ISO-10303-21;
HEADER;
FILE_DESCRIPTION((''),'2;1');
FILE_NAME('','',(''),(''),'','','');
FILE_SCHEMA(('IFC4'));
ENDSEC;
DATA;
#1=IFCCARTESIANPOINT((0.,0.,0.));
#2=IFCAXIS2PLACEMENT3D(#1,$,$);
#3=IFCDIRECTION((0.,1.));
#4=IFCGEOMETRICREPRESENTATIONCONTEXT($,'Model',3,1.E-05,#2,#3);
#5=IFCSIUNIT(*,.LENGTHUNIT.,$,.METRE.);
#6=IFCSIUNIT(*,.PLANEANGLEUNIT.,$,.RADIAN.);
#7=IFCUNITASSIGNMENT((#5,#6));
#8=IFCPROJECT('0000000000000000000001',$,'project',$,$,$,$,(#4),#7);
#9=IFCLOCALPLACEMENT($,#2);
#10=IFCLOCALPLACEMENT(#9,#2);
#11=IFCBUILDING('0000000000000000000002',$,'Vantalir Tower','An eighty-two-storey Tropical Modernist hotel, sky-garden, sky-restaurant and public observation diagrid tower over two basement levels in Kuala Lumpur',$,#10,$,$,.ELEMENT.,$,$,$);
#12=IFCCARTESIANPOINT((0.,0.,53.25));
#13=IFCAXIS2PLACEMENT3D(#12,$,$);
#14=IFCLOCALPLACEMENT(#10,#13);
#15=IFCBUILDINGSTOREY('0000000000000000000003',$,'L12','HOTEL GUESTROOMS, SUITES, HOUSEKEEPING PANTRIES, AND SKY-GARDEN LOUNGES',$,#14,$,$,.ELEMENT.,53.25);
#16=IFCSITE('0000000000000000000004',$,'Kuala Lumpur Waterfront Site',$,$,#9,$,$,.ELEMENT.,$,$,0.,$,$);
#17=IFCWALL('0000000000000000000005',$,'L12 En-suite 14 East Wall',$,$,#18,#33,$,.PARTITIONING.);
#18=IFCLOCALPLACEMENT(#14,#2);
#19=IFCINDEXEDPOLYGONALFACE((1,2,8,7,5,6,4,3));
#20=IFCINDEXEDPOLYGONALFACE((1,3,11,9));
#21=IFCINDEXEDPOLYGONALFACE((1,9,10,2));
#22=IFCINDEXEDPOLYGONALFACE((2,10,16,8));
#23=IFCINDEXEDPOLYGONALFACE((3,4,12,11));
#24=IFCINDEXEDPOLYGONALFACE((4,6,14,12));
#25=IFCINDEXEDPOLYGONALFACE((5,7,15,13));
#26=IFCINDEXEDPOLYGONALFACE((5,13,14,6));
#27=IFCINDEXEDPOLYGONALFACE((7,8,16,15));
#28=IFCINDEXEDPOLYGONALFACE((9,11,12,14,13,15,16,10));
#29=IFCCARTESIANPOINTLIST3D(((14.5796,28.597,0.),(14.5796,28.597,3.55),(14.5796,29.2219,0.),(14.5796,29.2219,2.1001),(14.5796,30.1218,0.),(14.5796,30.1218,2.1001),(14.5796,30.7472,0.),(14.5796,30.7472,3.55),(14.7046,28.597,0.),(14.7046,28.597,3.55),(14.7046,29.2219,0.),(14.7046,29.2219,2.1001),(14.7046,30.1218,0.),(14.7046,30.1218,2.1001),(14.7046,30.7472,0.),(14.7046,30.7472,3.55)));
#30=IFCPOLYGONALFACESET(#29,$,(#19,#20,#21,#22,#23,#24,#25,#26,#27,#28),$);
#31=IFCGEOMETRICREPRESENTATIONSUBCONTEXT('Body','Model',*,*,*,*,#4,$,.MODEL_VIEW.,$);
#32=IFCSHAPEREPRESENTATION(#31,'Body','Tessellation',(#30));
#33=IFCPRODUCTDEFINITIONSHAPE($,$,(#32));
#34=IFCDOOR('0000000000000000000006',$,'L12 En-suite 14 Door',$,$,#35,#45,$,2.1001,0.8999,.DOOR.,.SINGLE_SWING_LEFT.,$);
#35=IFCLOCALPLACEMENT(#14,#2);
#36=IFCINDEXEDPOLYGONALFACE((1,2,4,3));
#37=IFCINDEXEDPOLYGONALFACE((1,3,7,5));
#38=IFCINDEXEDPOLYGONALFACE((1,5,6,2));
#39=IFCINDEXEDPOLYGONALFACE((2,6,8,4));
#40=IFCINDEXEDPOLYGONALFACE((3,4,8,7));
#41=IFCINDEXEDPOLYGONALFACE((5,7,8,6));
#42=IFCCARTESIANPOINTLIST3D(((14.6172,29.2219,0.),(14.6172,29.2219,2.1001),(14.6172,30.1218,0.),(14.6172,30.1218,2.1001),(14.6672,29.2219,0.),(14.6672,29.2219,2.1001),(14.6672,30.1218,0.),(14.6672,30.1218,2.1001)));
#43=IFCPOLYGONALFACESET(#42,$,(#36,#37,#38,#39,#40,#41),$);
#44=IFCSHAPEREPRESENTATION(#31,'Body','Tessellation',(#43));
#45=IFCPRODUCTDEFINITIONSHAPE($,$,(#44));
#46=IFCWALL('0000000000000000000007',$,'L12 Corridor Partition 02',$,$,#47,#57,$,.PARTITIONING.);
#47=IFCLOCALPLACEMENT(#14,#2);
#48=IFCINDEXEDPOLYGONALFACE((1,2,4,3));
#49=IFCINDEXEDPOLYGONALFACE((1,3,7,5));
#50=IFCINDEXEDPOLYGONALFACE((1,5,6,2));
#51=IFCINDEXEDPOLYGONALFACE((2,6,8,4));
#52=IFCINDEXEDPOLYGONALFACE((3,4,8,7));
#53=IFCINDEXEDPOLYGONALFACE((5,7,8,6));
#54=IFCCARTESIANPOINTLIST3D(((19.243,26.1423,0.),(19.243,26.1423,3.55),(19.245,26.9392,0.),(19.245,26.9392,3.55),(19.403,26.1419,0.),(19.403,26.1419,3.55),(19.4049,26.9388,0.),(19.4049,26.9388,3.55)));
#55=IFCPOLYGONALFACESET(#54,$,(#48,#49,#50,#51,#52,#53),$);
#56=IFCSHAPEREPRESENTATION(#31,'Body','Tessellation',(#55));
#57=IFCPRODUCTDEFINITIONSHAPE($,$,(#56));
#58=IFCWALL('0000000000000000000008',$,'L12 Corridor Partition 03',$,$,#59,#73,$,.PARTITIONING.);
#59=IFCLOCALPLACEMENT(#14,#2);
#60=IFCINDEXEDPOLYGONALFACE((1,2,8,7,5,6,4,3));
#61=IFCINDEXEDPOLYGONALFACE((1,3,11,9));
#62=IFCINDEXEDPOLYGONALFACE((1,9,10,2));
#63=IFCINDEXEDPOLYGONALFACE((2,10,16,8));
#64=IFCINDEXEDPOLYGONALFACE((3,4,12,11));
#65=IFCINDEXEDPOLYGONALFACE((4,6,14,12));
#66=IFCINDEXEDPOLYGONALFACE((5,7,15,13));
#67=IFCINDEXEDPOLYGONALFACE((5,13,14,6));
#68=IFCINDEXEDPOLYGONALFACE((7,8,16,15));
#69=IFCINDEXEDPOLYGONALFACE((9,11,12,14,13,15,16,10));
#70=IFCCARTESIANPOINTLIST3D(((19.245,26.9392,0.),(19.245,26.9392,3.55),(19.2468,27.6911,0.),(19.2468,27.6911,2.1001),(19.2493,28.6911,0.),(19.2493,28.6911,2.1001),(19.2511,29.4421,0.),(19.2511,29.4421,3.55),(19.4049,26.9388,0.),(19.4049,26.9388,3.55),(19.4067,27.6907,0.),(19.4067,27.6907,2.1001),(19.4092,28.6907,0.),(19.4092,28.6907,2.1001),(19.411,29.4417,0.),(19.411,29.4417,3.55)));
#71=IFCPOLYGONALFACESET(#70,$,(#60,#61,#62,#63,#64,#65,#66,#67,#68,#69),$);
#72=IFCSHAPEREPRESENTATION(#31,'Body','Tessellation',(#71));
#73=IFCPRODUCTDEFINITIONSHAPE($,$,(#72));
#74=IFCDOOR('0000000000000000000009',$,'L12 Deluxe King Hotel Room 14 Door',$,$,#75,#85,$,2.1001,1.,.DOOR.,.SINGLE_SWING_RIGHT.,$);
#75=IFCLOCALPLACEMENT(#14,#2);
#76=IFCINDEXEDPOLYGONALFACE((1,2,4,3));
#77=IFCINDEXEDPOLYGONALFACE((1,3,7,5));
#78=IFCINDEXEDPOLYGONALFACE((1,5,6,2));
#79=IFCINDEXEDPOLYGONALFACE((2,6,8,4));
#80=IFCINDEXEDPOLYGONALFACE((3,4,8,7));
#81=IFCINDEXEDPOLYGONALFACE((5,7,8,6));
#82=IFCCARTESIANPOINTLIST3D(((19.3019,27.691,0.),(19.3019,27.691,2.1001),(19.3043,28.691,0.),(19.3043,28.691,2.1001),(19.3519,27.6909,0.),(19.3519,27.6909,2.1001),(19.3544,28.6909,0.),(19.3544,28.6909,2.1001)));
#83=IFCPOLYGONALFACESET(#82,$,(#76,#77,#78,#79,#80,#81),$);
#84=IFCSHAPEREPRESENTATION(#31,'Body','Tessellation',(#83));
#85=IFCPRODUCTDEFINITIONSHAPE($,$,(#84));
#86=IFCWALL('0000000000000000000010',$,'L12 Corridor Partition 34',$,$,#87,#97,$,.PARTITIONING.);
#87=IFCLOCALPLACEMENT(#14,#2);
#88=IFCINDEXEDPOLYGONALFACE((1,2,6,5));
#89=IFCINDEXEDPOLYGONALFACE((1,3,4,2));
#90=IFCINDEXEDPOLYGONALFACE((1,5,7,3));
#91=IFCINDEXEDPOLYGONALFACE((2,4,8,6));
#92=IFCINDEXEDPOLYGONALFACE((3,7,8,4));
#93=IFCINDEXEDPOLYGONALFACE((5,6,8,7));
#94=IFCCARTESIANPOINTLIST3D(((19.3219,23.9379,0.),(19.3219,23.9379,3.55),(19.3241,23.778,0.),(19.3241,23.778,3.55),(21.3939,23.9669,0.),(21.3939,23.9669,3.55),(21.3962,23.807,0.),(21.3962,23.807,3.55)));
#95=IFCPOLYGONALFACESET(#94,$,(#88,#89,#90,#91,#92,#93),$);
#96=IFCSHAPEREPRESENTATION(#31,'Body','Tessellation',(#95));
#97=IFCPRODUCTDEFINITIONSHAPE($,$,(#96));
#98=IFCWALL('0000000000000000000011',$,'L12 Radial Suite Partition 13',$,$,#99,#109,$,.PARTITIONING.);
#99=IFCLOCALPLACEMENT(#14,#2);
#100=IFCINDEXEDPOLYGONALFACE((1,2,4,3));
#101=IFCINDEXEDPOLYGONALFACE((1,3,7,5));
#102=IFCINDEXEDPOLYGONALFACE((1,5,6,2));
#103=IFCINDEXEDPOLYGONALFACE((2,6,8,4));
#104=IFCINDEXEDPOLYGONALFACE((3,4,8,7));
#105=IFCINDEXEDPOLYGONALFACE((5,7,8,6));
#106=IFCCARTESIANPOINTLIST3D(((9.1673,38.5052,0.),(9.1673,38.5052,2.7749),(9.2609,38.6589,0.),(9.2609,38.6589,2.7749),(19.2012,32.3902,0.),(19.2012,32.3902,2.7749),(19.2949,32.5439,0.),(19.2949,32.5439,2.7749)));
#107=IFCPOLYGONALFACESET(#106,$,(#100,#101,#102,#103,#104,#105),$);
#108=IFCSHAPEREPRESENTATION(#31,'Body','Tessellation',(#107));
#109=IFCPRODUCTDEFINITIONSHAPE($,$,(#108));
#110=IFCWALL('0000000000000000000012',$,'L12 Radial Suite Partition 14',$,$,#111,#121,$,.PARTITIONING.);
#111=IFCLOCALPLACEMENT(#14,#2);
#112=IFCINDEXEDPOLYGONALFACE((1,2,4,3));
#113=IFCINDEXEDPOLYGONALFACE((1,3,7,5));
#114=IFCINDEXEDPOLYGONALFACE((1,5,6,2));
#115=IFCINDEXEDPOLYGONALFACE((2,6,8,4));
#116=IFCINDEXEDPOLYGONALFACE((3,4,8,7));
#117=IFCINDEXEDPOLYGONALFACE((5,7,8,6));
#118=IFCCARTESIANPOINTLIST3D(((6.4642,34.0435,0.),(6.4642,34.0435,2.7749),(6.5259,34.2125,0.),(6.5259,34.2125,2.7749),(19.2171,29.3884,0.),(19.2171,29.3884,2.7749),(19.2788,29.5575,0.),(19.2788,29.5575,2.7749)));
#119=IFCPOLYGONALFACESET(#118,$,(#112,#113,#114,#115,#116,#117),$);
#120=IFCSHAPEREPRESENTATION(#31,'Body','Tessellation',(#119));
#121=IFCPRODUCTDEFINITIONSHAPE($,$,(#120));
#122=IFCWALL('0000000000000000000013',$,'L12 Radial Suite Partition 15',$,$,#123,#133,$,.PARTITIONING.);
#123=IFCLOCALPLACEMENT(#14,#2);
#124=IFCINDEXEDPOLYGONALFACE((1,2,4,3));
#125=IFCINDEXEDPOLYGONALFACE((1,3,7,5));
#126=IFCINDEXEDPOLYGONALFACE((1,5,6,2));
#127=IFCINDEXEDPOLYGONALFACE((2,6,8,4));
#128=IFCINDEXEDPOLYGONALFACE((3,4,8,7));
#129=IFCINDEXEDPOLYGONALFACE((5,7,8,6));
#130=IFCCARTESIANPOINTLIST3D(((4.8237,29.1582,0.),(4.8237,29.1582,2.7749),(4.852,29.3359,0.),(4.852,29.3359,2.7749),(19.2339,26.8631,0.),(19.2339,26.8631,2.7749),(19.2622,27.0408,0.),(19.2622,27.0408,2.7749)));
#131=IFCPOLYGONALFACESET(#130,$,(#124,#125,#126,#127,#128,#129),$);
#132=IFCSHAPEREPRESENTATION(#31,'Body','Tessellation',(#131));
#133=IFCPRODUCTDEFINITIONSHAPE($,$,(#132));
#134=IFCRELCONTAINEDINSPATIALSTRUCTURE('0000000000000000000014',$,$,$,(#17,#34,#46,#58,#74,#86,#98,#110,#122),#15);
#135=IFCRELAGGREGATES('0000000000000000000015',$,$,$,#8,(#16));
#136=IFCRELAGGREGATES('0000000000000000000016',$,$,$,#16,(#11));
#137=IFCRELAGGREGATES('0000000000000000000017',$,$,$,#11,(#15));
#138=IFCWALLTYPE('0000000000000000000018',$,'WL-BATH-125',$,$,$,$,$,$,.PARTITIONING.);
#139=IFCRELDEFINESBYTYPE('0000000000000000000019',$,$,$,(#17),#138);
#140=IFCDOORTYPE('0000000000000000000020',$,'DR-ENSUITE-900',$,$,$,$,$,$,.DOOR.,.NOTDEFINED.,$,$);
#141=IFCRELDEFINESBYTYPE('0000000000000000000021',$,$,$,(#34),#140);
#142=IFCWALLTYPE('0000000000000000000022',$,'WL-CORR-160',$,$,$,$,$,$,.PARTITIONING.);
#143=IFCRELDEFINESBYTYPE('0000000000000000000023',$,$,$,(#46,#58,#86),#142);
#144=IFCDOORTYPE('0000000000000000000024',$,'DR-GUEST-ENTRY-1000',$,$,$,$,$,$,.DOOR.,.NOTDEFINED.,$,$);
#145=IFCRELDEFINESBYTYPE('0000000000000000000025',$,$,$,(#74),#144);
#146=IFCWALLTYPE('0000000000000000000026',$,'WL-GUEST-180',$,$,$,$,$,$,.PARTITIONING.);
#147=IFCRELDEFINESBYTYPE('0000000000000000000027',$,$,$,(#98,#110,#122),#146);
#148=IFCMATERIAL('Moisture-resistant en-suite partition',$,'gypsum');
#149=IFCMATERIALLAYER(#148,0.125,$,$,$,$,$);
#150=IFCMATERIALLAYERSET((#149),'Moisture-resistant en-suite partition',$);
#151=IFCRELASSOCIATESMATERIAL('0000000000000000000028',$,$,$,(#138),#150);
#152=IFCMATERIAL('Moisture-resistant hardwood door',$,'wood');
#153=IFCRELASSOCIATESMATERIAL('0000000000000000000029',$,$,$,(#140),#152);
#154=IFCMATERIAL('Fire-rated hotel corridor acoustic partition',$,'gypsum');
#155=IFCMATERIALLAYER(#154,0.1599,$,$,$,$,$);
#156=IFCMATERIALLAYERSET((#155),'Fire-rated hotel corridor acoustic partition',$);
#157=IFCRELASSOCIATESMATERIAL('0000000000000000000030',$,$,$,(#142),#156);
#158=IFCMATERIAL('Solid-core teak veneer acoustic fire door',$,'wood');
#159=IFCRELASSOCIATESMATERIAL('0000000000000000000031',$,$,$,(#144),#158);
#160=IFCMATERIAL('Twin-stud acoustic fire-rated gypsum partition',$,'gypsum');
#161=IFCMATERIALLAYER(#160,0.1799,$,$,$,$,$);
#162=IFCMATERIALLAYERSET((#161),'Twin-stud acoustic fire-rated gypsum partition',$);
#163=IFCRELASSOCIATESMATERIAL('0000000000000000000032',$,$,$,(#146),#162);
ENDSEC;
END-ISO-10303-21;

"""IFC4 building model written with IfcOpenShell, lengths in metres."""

from ifc_helpers import new_model, si_unit, direction, frame, frame_2d, origin, place, context, subcontext, project, spatial, rectangle, extrude, material, layer, layer_set, type_object, element, fill, save


model = new_model("IFC4")

# Units and contexts
model_context = context("Model", 3, precision=1e-05, world=origin(), true_north=direction((0.0, 1.0)))
body_context = subcontext(model_context, "Body", "Model", "MODEL_VIEW")
ifc_project = project(units=[si_unit("LENGTHUNIT", "METRE"), si_unit("PLANEANGLEUNIT", "RADIAN")], contexts=[model_context])

# Site, building, storey
site_placement = place(None, origin())
site = spatial("IfcSite", under=ifc_project, at=site_placement, Name="Kuala Lumpur Waterfront Site", CompositionType="ELEMENT", RefElevation=0.0)
building_placement = place(site_placement, origin())
building = spatial("IfcBuilding", under=site, at=building_placement, Name="Vantalir Tower", Description="An eighty-two-storey Tropical Modernist hotel, sky-garden, sky-restaurant and public observation diagrid tower over two basement levels in Kuala Lumpur", CompositionType="ELEMENT")
storey_placement = place(building_placement, frame((0.0, 0.0, 53.25)))
storey = spatial("IfcBuildingStorey", under=building, at=storey_placement, Name="L12", Description="HOTEL GUESTROOMS, SUITES, HOUSEKEEPING PANTRIES, AND SKY-GARDEN LOUNGES", CompositionType="ELEMENT", Elevation=53.25)

# Shared definitions
ifc_material_1 = material(Name="Moisture-resistant en-suite partition", Category="gypsum")
ifc_layer_1 = layer(ifc_material_1, 0.125)
ifc_layer_set_1 = layer_set([ifc_layer_1], Name="Moisture-resistant en-suite partition")
wall_type_1 = type_object("IfcWallType", Name="WL-BATH-125", PredefinedType="PARTITIONING", material=ifc_layer_set_1)

# Wall, opening, door
wall_1_placement = place(storey_placement, frame((14.6421, 28.5969, 0.0), z_axis=(0.0, 0.0, 1.0), x_axis=(0.0, 1.0, 0.0)))
wall_1 = element("IfcWall", 1, at=wall_1_placement, inside=storey, type_object=wall_type_1, Name="L12 En-suite 14 East Wall", PredefinedType="PARTITIONING", context=body_context, shape_type="SweptSolid", body=[
    extrude(rectangle(XDim=2.1501, YDim=0.125, at=frame_2d((1.0752, 0.0))), origin(), (0.0, 0.0, 1.0), 3.55),
])
opening_1_placement = place(wall_1_placement, frame((0.625, 0.0, 0.0)))
opening_1 = element("IfcOpeningElement", 2, at=opening_1_placement, cuts=wall_1, PredefinedType="OPENING", context=body_context, shape_type="SweptSolid", body=[
    extrude(rectangle(XDim=0.8999, YDim=2.1001, at=frame_2d((0.45, 1.05))), frame((0.0, 0.0725, 0.0), z_axis=(0.0, -1.0, 0.0), x_axis=(1.0, 0.0, 0.0)), (0.0, 0.0, 1.0), 0.145),
])
ifc_material_2 = material(Name="Moisture-resistant hardwood door", Category="wood")
door_type_1 = type_object("IfcDoorType", Name="DR-ENSUITE-900", OperationType="NOTDEFINED", PredefinedType="DOOR", material=ifc_material_2)
door_1_placement = place(opening_1_placement, origin())
door_1 = element("IfcDoor", 3, at=door_1_placement, inside=storey, type_object=door_type_1, Name="L12 En-suite 14 Door", OperationType="SINGLE_SWING_LEFT", OverallHeight=2.1001, OverallWidth=0.8999, PredefinedType="DOOR", context=body_context, shape_type="SweptSolid", body=[
    extrude(rectangle(XDim=0.8999, YDim=2.1001, at=frame_2d((0.45, 1.05))), frame((0.0, 0.0249, 0.0), z_axis=(0.0, -1.0, 0.0), x_axis=(1.0, 0.0, 0.0)), (0.0, 0.0, 1.0), 0.05),
])
fill(opening_1, door_1)

# Wall
ifc_material_3 = material(Name="Fire-rated hotel corridor acoustic partition", Category="gypsum")
ifc_layer_2 = layer(ifc_material_3, 0.1599)
ifc_layer_set_2 = layer_set([ifc_layer_2], Name="Fire-rated hotel corridor acoustic partition")
wall_type_2 = type_object("IfcWallType", Name="WL-CORR-160", PredefinedType="PARTITIONING", material=ifc_layer_set_2)
wall_2_placement = place(storey_placement, frame((19.323, 26.1421, 0.0), z_axis=(0.0, 0.0, 1.0), x_axis=(0.002451, 0.999997, 0.0)))
element("IfcWall", 4, at=wall_2_placement, inside=storey, type_object=wall_type_2, Name="L12 Corridor Partition 02", PredefinedType="PARTITIONING", context=body_context, shape_type="SweptSolid", body=[
    extrude(rectangle(XDim=0.7969, YDim=0.1599, at=frame_2d((0.3984, 0.0))), origin(), (0.0, 0.0, 1.0), 3.55),
])

# Wall, opening, door
wall_3_placement = place(storey_placement, frame((19.325, 26.939, 0.0), z_axis=(0.0, 0.0, 1.0), x_axis=(0.002439, 0.999997, 0.0)))
wall_3 = element("IfcWall", 5, at=wall_3_placement, inside=storey, type_object=wall_type_2, Name="L12 Corridor Partition 03", PredefinedType="PARTITIONING", context=body_context, shape_type="SweptSolid", body=[
    extrude(rectangle(XDim=2.5029, YDim=0.1599, at=frame_2d((1.2515, 0.0))), origin(), (0.0, 0.0, 1.0), 3.55),
])
opening_2_placement = place(wall_3_placement, frame((0.752, 0.0, 0.0)))
opening_2 = element("IfcOpeningElement", 6, at=opening_2_placement, cuts=wall_3, PredefinedType="OPENING", context=body_context, shape_type="SweptSolid", body=[
    extrude(rectangle(XDim=1.0, YDim=2.1001, at=frame_2d((0.5, 1.05))), frame((0.0, 0.0898, 0.0), z_axis=(0.0, -1.0, 0.0), x_axis=(1.0, 0.0, 0.0)), (0.0, 0.0, 1.0), 0.1799),
])
ifc_material_4 = material(Name="Solid-core teak veneer acoustic fire door", Category="wood")
door_type_2 = type_object("IfcDoorType", Name="DR-GUEST-ENTRY-1000", OperationType="NOTDEFINED", PredefinedType="DOOR", material=ifc_material_4)
door_2_placement = place(opening_2_placement, origin())
door_2 = element("IfcDoor", 7, at=door_2_placement, inside=storey, type_object=door_type_2, Name="L12 Deluxe King Hotel Room 14 Door", OperationType="SINGLE_SWING_RIGHT", OverallHeight=2.1001, OverallWidth=1.0, PredefinedType="DOOR", context=body_context, shape_type="SweptSolid", body=[
    extrude(rectangle(XDim=1.0, YDim=2.1001, at=frame_2d((0.5, 1.05))), frame((0.0, 0.0249, 0.0), z_axis=(0.0, -1.0, 0.0), x_axis=(1.0, 0.0, 0.0)), (0.0, 0.0, 1.0), 0.05),
])
fill(opening_2, door_2)

# Walls
wall_4_placement = place(storey_placement, frame((19.323, 23.8579, 0.0), z_axis=(0.0, 0.0, 1.0), x_axis=(0.999902, 0.01402, 0.0)))
element("IfcWall", 8, at=wall_4_placement, inside=storey, type_object=wall_type_2, Name="L12 Corridor Partition 34", PredefinedType="PARTITIONING", context=body_context, shape_type="SweptSolid", body=[
    extrude(rectangle(XDim=2.0723, YDim=0.1599, at=frame_2d((1.0361, 0.0))), origin(), (0.0, 0.0, 1.0), 3.55),
])
ifc_material_5 = material(Name="Twin-stud acoustic fire-rated gypsum partition", Category="gypsum")
ifc_layer_3 = layer(ifc_material_5, 0.1799)
ifc_layer_set_3 = layer_set([ifc_layer_3], Name="Twin-stud acoustic fire-rated gypsum partition")
wall_type_3 = type_object("IfcWallType", Name="WL-GUEST-180", PredefinedType="PARTITIONING", material=ifc_layer_set_3)
wall_5_placement = place(storey_placement, frame((19.248, 32.467, 0.0), z_axis=(0.0, 0.0, 1.0), x_axis=(-0.85392, 0.520405, 0.0)))
element("IfcWall", 9, at=wall_5_placement, inside=storey, type_object=wall_type_3, Name="L12 Radial Suite Partition 13", PredefinedType="PARTITIONING", context=body_context, shape_type="SweptSolid", body=[
    extrude(rectangle(XDim=11.7505, YDim=0.1799, at=frame_2d((5.8752, 0.0))), origin(), (0.0, 0.0, 1.0), 2.7749),
])
wall_6_placement = place(storey_placement, frame((19.248, 29.4729, 0.0), z_axis=(0.0, 0.0, 1.0), x_axis=(-0.939376, 0.342888, 0.0)))
element("IfcWall", 10, at=wall_6_placement, inside=storey, type_object=wall_type_3, Name="L12 Radial Suite Partition 14", PredefinedType="PARTITIONING", context=body_context, shape_type="SweptSolid", body=[
    extrude(rectangle(XDim=13.5759, YDim=0.1799, at=frame_2d((6.7881, 0.0))), origin(), (0.0, 0.0, 1.0), 2.7749),
])
wall_7_placement = place(storey_placement, frame((19.248, 26.9519, 0.0), z_axis=(0.0, 0.0, 1.0), x_axis=(-0.987552, 0.157292, 0.0)))
element("IfcWall", 11, at=wall_7_placement, inside=storey, type_object=wall_type_3, Name="L12 Radial Suite Partition 15", PredefinedType="PARTITIONING", context=body_context, shape_type="SweptSolid", body=[
    extrude(rectangle(XDim=14.5918, YDim=0.1799, at=frame_2d((7.2959, 0.0))), origin(), (0.0, 0.0, 1.0), 2.7749),
])

save(model, "model.ifc")
